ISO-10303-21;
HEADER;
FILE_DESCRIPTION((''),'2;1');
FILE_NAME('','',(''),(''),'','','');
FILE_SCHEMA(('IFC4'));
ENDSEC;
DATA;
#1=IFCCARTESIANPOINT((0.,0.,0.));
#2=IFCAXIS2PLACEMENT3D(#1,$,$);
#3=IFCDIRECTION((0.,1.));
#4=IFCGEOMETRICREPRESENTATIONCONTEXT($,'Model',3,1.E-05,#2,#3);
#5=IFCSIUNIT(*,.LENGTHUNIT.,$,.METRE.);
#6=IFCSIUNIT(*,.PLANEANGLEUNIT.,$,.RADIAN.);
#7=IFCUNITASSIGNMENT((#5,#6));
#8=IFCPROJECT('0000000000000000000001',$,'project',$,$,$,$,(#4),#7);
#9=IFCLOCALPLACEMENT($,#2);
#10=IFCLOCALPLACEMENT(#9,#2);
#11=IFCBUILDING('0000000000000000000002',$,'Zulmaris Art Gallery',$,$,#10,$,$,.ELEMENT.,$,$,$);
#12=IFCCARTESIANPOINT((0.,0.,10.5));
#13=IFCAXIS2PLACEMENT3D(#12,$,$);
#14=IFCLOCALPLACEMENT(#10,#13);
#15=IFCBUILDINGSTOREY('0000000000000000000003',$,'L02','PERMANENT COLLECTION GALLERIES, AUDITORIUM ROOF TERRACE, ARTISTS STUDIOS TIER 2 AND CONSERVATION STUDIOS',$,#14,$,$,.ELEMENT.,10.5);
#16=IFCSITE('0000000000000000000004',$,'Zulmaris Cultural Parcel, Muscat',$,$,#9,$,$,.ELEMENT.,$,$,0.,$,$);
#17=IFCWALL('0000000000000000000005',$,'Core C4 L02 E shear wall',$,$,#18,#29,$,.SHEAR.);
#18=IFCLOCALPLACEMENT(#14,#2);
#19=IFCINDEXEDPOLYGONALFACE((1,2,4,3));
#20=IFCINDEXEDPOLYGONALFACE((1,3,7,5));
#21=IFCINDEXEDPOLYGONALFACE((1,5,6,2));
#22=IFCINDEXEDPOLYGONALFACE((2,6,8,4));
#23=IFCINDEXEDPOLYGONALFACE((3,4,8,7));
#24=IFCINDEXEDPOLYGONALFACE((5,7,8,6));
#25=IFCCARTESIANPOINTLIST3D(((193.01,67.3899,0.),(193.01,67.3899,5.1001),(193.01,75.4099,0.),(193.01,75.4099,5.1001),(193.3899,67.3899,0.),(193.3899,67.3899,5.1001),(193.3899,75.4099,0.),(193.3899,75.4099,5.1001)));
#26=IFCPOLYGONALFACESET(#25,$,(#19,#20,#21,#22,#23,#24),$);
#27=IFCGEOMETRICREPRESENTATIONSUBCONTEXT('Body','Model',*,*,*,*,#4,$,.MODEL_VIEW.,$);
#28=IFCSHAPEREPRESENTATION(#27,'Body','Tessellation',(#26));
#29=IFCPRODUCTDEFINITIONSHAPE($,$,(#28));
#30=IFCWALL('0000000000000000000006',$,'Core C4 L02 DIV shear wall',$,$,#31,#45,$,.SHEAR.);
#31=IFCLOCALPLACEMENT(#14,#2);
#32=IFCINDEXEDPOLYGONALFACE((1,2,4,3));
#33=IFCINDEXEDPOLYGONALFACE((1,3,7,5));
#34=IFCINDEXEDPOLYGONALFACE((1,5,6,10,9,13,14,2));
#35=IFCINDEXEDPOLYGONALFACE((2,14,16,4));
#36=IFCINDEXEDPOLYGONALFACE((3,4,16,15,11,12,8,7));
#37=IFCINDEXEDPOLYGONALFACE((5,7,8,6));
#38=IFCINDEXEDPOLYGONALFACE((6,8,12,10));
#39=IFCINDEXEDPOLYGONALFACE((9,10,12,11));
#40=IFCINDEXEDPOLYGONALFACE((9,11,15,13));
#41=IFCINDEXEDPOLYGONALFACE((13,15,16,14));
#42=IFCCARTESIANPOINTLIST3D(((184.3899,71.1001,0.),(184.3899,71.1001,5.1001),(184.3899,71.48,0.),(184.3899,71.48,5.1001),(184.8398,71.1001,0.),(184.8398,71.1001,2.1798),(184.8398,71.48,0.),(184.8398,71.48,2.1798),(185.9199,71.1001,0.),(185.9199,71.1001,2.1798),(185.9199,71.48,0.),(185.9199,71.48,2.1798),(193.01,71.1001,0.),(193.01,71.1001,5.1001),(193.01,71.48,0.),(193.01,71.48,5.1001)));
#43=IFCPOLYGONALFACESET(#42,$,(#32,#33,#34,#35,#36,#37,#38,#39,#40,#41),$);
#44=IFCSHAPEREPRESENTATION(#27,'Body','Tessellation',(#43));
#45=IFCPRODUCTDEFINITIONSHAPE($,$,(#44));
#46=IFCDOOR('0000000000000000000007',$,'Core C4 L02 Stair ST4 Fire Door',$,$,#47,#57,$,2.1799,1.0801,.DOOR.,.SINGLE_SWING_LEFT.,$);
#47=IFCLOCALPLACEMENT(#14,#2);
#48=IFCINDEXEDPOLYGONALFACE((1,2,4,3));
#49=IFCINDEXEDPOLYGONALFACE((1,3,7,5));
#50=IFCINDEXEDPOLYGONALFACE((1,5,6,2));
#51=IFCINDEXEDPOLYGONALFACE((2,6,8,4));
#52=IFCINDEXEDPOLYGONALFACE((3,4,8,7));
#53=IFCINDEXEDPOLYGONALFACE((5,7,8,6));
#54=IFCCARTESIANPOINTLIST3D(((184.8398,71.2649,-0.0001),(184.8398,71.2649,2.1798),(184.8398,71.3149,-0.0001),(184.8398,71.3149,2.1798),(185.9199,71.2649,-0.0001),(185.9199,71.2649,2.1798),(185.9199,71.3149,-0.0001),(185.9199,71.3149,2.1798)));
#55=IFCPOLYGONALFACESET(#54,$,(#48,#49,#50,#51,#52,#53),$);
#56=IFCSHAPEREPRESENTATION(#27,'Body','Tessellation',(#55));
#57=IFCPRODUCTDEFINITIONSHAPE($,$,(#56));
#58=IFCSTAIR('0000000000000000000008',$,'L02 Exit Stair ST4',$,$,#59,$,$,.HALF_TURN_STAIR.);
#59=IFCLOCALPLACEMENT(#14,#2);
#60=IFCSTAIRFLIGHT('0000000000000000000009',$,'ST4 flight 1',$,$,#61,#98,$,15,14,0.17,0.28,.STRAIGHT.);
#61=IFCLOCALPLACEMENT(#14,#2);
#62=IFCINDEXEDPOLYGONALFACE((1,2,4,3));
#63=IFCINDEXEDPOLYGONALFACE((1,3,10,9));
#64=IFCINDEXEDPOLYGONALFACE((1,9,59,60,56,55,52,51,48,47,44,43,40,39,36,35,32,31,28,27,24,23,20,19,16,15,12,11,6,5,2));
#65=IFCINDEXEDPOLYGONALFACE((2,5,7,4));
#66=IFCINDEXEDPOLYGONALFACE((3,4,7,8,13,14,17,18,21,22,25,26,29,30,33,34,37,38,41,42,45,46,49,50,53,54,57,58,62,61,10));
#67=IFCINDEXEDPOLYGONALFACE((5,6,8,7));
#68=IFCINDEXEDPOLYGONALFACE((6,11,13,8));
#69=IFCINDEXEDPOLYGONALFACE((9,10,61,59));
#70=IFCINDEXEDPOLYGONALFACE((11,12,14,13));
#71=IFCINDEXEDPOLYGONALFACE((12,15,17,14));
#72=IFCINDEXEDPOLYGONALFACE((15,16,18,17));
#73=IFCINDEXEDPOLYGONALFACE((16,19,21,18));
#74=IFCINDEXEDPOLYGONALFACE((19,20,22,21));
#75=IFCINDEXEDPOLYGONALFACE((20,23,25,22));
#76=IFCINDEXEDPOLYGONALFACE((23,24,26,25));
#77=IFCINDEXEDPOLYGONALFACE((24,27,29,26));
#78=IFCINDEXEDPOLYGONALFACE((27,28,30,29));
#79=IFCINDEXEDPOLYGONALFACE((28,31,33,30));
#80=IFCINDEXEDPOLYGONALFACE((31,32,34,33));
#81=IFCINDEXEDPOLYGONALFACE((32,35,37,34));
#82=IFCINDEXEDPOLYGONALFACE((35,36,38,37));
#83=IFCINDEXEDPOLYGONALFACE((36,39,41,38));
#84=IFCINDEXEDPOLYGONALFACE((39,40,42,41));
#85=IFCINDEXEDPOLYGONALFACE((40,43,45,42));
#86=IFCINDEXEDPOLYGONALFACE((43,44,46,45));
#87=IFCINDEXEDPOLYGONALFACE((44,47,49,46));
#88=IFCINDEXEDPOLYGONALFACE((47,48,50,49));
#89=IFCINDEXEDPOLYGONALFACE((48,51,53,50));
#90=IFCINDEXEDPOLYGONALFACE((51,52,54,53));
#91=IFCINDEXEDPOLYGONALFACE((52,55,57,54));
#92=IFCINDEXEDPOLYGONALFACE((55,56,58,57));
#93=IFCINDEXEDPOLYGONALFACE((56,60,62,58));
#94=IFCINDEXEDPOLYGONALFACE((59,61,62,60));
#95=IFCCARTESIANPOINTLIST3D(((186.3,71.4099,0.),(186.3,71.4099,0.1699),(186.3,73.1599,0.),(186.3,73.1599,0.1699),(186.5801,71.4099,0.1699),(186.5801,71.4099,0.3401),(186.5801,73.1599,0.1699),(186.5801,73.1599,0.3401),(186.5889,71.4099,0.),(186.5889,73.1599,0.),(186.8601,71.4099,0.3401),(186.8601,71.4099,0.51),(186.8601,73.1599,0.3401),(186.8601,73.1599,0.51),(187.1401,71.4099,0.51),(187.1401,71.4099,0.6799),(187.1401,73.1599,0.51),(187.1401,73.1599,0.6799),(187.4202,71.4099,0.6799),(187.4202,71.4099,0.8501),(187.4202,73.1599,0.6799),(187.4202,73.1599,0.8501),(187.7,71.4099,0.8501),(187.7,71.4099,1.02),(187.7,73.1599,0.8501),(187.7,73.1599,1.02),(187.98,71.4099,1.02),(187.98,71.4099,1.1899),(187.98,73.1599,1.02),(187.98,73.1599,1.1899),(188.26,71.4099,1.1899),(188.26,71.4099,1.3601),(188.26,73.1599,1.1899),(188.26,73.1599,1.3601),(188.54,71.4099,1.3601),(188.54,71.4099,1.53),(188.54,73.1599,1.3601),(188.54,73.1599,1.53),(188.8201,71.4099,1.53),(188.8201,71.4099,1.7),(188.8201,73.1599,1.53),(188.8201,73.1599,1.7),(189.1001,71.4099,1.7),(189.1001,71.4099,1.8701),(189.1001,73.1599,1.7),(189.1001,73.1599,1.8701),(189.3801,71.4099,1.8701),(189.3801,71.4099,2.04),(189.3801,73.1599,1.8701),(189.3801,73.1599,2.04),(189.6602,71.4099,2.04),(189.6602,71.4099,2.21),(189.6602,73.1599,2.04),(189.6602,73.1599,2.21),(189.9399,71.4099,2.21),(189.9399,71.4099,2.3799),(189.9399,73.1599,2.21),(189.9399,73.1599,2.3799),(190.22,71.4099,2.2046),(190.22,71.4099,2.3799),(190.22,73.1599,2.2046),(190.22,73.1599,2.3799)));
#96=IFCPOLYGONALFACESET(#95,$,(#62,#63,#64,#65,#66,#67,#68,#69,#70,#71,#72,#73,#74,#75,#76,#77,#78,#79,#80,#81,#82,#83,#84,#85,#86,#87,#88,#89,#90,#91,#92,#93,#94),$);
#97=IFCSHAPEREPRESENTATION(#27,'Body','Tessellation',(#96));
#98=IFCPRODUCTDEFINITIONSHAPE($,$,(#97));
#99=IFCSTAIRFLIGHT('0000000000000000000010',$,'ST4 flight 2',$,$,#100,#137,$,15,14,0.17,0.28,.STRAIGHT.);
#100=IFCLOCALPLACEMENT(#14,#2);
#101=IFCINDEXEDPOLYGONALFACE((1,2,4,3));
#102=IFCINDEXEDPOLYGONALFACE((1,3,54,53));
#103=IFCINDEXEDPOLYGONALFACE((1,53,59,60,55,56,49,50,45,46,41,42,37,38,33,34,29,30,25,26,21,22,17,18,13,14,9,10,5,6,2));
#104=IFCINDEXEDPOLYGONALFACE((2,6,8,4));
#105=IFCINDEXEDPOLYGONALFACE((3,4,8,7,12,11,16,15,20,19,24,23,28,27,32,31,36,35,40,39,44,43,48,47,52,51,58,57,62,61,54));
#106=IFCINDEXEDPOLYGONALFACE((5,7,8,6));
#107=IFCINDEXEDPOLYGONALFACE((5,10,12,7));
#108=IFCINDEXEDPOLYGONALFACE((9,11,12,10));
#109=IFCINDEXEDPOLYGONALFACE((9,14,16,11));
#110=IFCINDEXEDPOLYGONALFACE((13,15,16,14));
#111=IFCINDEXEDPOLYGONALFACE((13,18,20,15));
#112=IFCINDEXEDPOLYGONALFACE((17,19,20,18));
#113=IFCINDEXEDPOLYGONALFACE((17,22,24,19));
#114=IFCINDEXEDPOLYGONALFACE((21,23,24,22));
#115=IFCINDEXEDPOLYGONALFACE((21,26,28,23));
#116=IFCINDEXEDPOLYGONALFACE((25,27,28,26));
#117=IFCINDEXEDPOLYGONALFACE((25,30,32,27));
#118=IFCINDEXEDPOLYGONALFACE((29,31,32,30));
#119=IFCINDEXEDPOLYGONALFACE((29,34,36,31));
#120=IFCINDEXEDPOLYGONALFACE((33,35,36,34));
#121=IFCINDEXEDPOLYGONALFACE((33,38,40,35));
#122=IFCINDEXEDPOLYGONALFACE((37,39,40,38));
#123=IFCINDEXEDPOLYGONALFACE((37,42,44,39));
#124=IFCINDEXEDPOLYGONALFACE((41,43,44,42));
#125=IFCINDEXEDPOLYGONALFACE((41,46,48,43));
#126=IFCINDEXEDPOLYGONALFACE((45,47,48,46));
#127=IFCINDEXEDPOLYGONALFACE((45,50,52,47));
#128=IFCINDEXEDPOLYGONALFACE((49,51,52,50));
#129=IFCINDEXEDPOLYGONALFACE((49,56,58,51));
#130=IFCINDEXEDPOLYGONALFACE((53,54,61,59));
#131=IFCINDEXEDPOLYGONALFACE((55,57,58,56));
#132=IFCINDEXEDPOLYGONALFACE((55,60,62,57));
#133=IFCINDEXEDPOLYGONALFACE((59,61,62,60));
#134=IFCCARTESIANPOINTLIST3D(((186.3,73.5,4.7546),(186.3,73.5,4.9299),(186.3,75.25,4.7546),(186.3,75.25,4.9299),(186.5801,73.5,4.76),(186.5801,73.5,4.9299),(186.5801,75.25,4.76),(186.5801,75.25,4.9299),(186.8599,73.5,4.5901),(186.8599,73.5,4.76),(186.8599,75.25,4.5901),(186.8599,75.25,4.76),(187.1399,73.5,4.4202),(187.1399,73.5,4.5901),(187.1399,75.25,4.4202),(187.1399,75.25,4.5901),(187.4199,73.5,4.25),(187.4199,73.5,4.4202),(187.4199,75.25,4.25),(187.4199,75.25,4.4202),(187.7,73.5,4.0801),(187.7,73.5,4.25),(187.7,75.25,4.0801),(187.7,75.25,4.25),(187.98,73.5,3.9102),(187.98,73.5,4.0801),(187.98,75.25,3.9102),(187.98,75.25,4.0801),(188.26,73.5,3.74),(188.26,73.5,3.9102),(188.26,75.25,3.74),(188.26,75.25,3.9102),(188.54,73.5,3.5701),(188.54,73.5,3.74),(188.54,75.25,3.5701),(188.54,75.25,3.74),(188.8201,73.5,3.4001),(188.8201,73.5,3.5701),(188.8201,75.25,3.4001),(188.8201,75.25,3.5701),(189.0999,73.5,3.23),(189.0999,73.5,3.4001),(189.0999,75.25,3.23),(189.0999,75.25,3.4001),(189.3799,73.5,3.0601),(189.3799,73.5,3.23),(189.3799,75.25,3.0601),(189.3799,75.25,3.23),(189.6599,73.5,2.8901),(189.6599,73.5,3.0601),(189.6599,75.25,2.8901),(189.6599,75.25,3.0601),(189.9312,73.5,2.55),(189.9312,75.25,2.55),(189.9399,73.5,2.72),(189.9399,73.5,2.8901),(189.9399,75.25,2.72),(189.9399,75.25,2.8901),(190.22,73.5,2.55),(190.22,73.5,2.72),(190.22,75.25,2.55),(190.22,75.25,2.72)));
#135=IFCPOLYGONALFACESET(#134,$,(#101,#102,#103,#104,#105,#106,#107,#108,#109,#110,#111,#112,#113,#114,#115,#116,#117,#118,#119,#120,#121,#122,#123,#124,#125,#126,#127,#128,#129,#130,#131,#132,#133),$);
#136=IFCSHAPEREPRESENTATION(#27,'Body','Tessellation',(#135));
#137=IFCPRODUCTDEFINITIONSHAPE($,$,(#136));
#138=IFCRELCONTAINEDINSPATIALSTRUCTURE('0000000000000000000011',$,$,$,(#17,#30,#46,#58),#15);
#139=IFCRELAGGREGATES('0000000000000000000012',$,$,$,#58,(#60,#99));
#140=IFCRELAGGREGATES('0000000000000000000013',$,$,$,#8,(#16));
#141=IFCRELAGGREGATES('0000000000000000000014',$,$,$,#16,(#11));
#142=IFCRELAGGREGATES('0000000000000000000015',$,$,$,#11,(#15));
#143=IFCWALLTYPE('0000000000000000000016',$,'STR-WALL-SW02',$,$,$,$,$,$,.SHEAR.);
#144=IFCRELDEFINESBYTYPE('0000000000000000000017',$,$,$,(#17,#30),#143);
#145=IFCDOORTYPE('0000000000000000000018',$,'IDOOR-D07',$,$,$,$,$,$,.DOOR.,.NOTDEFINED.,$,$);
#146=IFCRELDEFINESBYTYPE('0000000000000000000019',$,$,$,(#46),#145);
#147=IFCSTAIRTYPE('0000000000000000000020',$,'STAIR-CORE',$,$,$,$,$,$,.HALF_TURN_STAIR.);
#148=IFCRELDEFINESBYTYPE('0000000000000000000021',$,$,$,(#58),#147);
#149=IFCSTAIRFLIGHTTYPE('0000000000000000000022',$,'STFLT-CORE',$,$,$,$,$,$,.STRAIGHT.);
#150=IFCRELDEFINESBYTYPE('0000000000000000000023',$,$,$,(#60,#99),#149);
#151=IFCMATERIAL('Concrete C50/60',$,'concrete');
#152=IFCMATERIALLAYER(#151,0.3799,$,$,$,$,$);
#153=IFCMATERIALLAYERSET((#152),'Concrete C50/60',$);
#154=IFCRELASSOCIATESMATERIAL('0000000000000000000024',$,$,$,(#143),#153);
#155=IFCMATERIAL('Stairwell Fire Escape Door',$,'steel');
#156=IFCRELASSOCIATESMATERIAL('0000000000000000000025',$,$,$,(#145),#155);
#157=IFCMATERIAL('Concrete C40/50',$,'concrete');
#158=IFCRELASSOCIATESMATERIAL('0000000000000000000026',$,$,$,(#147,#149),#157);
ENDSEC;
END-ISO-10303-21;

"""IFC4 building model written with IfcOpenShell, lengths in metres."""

from ifc_helpers import new_model, si_unit, direction, frame, frame_2d, origin, place, context, subcontext, project, spatial, polyline, rectangle, outline, extrude, material, layer, layer_set, type_object, element, fill, aggregate, save


model = new_model("IFC4")

# Units and contexts
model_context = context("Model", 3, precision=1e-05, world=origin(), true_north=direction((0.0, 1.0)))
body_context = subcontext(model_context, "Body", "Model", "MODEL_VIEW")
ifc_project = project(units=[si_unit("LENGTHUNIT", "METRE"), si_unit("PLANEANGLEUNIT", "RADIAN")], contexts=[model_context])

# Site, building, storey
site_placement = place(None, origin())
site = spatial("IfcSite", under=ifc_project, at=site_placement, Name="Zulmaris Cultural Parcel, Muscat", CompositionType="ELEMENT", RefElevation=0.0)
building_placement = place(site_placement, origin())
building = spatial("IfcBuilding", under=site, at=building_placement, Name="Zulmaris Art Gallery", CompositionType="ELEMENT")
storey_placement = place(building_placement, frame((0.0, 0.0, 10.5)))
storey = spatial("IfcBuildingStorey", under=building, at=storey_placement, Name="L02", Description="PERMANENT COLLECTION GALLERIES, AUDITORIUM ROOF TERRACE, ARTISTS STUDIOS TIER 2 AND CONSERVATION STUDIOS", CompositionType="ELEMENT", Elevation=10.5)

# Shared definitions
ifc_material_1 = material(Name="Concrete C40/50", Category="concrete")

# Wall
ifc_material_2 = material(Name="Concrete C50/60", Category="concrete")
ifc_layer_1 = layer(ifc_material_2, 0.3799)
ifc_layer_set_1 = layer_set([ifc_layer_1], Name="Concrete C50/60")
wall_type_1 = type_object("IfcWallType", Name="STR-WALL-SW02", PredefinedType="SHEAR", material=ifc_layer_set_1)
wall_1_placement = place(storey_placement, frame((193.2, 67.3899, 0.0), z_axis=(0.0, 0.0, 1.0), x_axis=(0.0, 1.0, 0.0)))
element("IfcWall", 1, at=wall_1_placement, inside=storey, type_object=wall_type_1, Name="Core C4 L02 E shear wall", PredefinedType="SHEAR", context=body_context, shape_type="SweptSolid", body=[
    extrude(rectangle(XDim=8.02, YDim=0.3799, at=frame_2d((4.01, 0.0))), origin(), (0.0, 0.0, 1.0), 5.1001),
])

# Wall, opening, door
wall_2_placement = place(storey_placement, frame((184.3899, 71.29, 0.0), z_axis=(0.0, 0.0, 1.0), x_axis=(1.0, 0.0, 0.0)))
wall_2 = element("IfcWall", 2, at=wall_2_placement, inside=storey, type_object=wall_type_1, Name="Core C4 L02 DIV shear wall", PredefinedType="SHEAR", context=body_context, shape_type="SweptSolid", body=[
    extrude(rectangle(XDim=8.6201, YDim=0.3799, at=frame_2d((4.3101, 0.0))), origin(), (0.0, 0.0, 1.0), 5.1001),
])
opening_1_placement = place(wall_2_placement, frame((0.45, 0.0, 0.0)))
opening_1 = element("IfcOpeningElement", 3, at=opening_1_placement, cuts=wall_2, PredefinedType="OPENING", context=body_context, shape_type="SweptSolid", body=[
    extrude(rectangle(XDim=1.0801, YDim=2.1799, at=frame_2d((0.54, 1.0898))), frame((0.0, 0.2, 0.0), z_axis=(0.0, -1.0, 0.0), x_axis=(1.0, 0.0, 0.0)), (0.0, 0.0, 1.0), 0.3999),
])
ifc_material_3 = material(Name="Stairwell Fire Escape Door", Category="steel")
door_type_1 = type_object("IfcDoorType", Name="IDOOR-D07", OperationType="NOTDEFINED", PredefinedType="DOOR", material=ifc_material_3)
door_1_placement = place(opening_1_placement, origin())
door_1 = element("IfcDoor", 4, at=door_1_placement, inside=storey, type_object=door_type_1, Name="Core C4 L02 Stair ST4 Fire Door", OperationType="SINGLE_SWING_LEFT", OverallHeight=2.1799, OverallWidth=1.0801, PredefinedType="DOOR", context=body_context, shape_type="SweptSolid", body=[
    extrude(rectangle(XDim=1.0801, YDim=2.1799, at=frame_2d((0.54, 1.0898))), frame((0.0, 0.0249, 0.0), z_axis=(0.0, -1.0, 0.0), x_axis=(1.0, 0.0, 0.0)), (0.0, 0.0, 1.0), 0.05),
])
fill(opening_1, door_1)

# Stair, stair flights
stair_type = type_object("IfcStairType", Name="STAIR-CORE", PredefinedType="HALF_TURN_STAIR", material=ifc_material_1)
stair_placement = place(storey_placement, origin())
stair = element("IfcStair", 5, at=stair_placement, inside=storey, type_object=stair_type, Name="L02 Exit Stair ST4", PredefinedType="HALF_TURN_STAIR")
stair_flight_type = type_object("IfcStairFlightType", Name="STFLT-CORE", PredefinedType="STRAIGHT", material=ifc_material_1)
stair_flight_1_placement = place(storey_placement, frame((186.3, 72.2849, 0.0), z_axis=(0.0, 0.0, 1.0), x_axis=(1.0, 0.0, 0.0)))
stair_flight_1 = element("IfcStairFlight", 6, at=stair_flight_1_placement, type_object=stair_flight_type, Name="ST4 flight 1", NumberOfRisers=15, NumberOfTreads=14, PredefinedType="STRAIGHT", RiserHeight=0.17, TreadLength=0.28, context=body_context, shape_type="SweptSolid", body=[
    extrude(outline(polyline([(0.0, 0.0), (0.0, 0.1699), (0.28, 0.1699), (0.28, 0.3401), (0.5601, 0.3401), (0.5601, 0.51), (0.8401, 0.51), (0.8401, 0.6799), (1.1201, 0.6799), (1.1201, 0.8501), (1.3999, 0.8501), (1.3999, 1.02), (1.6799, 1.02), (1.6799, 1.1899), (1.96, 1.1899), (1.96, 1.3601), (2.24, 1.3601), (2.24, 1.53), (2.52, 1.53), (2.52, 1.7), (2.8, 1.7), (2.8, 1.8701), (3.0801, 1.8701), (3.0801, 2.04), (3.3601, 2.04), (3.3601, 2.21), (3.6399, 2.21), (3.6399, 2.3799), (3.9199, 2.3799), (3.9199, 2.55), (3.9199, 2.2046), (0.2888, 0.0), (0.0, 0.0)])), frame((0.0, 0.875, 0.0), z_axis=(0.0, -1.0, 0.0), x_axis=(1.0, 0.0, 0.0)), (0.0, 0.0, 1.0), 1.75),
])
stair_flight_2_placement = place(storey_placement, frame((190.22, 74.375, 2.55), z_axis=(0.0, 0.0, 1.0), x_axis=(-1.0, 0.0, 0.0)))
stair_flight_2 = element("IfcStairFlight", 7, at=stair_flight_2_placement, type_object=stair_flight_type, Name="ST4 flight 2", NumberOfRisers=15, NumberOfTreads=14, PredefinedType="STRAIGHT", RiserHeight=0.17, TreadLength=0.28, context=body_context, shape_type="SweptSolid", body=[
    extrude(outline(polyline([(0.0, 0.0), (0.0, 0.1699), (0.28, 0.1699), (0.28, 0.3401), (0.5601, 0.3401), (0.5601, 0.51), (0.8401, 0.51), (0.8401, 0.6799), (1.1201, 0.6799), (1.1201, 0.8501), (1.3999, 0.8501), (1.3999, 1.02), (1.6799, 1.02), (1.6799, 1.1899), (1.96, 1.1899), (1.96, 1.3601), (2.24, 1.3601), (2.24, 1.53), (2.52, 1.53), (2.52, 1.7), (2.8, 1.7), (2.8, 1.8701), (3.0801, 1.8701), (3.0801, 2.04), (3.3601, 2.04), (3.3601, 2.21), (3.6399, 2.21), (3.6399, 2.3799), (3.9199, 2.3799), (3.9199, 2.55), (3.9199, 2.2046), (0.2888, 0.0), (0.0, 0.0)])), frame((0.0, 0.875, 0.0), z_axis=(0.0, -1.0, 0.0), x_axis=(1.0, 0.0, 0.0)), (0.0, 0.0, 1.0), 1.75),
])
aggregate(stair, [stair_flight_1, stair_flight_2])

save(model, "model.ifc")
